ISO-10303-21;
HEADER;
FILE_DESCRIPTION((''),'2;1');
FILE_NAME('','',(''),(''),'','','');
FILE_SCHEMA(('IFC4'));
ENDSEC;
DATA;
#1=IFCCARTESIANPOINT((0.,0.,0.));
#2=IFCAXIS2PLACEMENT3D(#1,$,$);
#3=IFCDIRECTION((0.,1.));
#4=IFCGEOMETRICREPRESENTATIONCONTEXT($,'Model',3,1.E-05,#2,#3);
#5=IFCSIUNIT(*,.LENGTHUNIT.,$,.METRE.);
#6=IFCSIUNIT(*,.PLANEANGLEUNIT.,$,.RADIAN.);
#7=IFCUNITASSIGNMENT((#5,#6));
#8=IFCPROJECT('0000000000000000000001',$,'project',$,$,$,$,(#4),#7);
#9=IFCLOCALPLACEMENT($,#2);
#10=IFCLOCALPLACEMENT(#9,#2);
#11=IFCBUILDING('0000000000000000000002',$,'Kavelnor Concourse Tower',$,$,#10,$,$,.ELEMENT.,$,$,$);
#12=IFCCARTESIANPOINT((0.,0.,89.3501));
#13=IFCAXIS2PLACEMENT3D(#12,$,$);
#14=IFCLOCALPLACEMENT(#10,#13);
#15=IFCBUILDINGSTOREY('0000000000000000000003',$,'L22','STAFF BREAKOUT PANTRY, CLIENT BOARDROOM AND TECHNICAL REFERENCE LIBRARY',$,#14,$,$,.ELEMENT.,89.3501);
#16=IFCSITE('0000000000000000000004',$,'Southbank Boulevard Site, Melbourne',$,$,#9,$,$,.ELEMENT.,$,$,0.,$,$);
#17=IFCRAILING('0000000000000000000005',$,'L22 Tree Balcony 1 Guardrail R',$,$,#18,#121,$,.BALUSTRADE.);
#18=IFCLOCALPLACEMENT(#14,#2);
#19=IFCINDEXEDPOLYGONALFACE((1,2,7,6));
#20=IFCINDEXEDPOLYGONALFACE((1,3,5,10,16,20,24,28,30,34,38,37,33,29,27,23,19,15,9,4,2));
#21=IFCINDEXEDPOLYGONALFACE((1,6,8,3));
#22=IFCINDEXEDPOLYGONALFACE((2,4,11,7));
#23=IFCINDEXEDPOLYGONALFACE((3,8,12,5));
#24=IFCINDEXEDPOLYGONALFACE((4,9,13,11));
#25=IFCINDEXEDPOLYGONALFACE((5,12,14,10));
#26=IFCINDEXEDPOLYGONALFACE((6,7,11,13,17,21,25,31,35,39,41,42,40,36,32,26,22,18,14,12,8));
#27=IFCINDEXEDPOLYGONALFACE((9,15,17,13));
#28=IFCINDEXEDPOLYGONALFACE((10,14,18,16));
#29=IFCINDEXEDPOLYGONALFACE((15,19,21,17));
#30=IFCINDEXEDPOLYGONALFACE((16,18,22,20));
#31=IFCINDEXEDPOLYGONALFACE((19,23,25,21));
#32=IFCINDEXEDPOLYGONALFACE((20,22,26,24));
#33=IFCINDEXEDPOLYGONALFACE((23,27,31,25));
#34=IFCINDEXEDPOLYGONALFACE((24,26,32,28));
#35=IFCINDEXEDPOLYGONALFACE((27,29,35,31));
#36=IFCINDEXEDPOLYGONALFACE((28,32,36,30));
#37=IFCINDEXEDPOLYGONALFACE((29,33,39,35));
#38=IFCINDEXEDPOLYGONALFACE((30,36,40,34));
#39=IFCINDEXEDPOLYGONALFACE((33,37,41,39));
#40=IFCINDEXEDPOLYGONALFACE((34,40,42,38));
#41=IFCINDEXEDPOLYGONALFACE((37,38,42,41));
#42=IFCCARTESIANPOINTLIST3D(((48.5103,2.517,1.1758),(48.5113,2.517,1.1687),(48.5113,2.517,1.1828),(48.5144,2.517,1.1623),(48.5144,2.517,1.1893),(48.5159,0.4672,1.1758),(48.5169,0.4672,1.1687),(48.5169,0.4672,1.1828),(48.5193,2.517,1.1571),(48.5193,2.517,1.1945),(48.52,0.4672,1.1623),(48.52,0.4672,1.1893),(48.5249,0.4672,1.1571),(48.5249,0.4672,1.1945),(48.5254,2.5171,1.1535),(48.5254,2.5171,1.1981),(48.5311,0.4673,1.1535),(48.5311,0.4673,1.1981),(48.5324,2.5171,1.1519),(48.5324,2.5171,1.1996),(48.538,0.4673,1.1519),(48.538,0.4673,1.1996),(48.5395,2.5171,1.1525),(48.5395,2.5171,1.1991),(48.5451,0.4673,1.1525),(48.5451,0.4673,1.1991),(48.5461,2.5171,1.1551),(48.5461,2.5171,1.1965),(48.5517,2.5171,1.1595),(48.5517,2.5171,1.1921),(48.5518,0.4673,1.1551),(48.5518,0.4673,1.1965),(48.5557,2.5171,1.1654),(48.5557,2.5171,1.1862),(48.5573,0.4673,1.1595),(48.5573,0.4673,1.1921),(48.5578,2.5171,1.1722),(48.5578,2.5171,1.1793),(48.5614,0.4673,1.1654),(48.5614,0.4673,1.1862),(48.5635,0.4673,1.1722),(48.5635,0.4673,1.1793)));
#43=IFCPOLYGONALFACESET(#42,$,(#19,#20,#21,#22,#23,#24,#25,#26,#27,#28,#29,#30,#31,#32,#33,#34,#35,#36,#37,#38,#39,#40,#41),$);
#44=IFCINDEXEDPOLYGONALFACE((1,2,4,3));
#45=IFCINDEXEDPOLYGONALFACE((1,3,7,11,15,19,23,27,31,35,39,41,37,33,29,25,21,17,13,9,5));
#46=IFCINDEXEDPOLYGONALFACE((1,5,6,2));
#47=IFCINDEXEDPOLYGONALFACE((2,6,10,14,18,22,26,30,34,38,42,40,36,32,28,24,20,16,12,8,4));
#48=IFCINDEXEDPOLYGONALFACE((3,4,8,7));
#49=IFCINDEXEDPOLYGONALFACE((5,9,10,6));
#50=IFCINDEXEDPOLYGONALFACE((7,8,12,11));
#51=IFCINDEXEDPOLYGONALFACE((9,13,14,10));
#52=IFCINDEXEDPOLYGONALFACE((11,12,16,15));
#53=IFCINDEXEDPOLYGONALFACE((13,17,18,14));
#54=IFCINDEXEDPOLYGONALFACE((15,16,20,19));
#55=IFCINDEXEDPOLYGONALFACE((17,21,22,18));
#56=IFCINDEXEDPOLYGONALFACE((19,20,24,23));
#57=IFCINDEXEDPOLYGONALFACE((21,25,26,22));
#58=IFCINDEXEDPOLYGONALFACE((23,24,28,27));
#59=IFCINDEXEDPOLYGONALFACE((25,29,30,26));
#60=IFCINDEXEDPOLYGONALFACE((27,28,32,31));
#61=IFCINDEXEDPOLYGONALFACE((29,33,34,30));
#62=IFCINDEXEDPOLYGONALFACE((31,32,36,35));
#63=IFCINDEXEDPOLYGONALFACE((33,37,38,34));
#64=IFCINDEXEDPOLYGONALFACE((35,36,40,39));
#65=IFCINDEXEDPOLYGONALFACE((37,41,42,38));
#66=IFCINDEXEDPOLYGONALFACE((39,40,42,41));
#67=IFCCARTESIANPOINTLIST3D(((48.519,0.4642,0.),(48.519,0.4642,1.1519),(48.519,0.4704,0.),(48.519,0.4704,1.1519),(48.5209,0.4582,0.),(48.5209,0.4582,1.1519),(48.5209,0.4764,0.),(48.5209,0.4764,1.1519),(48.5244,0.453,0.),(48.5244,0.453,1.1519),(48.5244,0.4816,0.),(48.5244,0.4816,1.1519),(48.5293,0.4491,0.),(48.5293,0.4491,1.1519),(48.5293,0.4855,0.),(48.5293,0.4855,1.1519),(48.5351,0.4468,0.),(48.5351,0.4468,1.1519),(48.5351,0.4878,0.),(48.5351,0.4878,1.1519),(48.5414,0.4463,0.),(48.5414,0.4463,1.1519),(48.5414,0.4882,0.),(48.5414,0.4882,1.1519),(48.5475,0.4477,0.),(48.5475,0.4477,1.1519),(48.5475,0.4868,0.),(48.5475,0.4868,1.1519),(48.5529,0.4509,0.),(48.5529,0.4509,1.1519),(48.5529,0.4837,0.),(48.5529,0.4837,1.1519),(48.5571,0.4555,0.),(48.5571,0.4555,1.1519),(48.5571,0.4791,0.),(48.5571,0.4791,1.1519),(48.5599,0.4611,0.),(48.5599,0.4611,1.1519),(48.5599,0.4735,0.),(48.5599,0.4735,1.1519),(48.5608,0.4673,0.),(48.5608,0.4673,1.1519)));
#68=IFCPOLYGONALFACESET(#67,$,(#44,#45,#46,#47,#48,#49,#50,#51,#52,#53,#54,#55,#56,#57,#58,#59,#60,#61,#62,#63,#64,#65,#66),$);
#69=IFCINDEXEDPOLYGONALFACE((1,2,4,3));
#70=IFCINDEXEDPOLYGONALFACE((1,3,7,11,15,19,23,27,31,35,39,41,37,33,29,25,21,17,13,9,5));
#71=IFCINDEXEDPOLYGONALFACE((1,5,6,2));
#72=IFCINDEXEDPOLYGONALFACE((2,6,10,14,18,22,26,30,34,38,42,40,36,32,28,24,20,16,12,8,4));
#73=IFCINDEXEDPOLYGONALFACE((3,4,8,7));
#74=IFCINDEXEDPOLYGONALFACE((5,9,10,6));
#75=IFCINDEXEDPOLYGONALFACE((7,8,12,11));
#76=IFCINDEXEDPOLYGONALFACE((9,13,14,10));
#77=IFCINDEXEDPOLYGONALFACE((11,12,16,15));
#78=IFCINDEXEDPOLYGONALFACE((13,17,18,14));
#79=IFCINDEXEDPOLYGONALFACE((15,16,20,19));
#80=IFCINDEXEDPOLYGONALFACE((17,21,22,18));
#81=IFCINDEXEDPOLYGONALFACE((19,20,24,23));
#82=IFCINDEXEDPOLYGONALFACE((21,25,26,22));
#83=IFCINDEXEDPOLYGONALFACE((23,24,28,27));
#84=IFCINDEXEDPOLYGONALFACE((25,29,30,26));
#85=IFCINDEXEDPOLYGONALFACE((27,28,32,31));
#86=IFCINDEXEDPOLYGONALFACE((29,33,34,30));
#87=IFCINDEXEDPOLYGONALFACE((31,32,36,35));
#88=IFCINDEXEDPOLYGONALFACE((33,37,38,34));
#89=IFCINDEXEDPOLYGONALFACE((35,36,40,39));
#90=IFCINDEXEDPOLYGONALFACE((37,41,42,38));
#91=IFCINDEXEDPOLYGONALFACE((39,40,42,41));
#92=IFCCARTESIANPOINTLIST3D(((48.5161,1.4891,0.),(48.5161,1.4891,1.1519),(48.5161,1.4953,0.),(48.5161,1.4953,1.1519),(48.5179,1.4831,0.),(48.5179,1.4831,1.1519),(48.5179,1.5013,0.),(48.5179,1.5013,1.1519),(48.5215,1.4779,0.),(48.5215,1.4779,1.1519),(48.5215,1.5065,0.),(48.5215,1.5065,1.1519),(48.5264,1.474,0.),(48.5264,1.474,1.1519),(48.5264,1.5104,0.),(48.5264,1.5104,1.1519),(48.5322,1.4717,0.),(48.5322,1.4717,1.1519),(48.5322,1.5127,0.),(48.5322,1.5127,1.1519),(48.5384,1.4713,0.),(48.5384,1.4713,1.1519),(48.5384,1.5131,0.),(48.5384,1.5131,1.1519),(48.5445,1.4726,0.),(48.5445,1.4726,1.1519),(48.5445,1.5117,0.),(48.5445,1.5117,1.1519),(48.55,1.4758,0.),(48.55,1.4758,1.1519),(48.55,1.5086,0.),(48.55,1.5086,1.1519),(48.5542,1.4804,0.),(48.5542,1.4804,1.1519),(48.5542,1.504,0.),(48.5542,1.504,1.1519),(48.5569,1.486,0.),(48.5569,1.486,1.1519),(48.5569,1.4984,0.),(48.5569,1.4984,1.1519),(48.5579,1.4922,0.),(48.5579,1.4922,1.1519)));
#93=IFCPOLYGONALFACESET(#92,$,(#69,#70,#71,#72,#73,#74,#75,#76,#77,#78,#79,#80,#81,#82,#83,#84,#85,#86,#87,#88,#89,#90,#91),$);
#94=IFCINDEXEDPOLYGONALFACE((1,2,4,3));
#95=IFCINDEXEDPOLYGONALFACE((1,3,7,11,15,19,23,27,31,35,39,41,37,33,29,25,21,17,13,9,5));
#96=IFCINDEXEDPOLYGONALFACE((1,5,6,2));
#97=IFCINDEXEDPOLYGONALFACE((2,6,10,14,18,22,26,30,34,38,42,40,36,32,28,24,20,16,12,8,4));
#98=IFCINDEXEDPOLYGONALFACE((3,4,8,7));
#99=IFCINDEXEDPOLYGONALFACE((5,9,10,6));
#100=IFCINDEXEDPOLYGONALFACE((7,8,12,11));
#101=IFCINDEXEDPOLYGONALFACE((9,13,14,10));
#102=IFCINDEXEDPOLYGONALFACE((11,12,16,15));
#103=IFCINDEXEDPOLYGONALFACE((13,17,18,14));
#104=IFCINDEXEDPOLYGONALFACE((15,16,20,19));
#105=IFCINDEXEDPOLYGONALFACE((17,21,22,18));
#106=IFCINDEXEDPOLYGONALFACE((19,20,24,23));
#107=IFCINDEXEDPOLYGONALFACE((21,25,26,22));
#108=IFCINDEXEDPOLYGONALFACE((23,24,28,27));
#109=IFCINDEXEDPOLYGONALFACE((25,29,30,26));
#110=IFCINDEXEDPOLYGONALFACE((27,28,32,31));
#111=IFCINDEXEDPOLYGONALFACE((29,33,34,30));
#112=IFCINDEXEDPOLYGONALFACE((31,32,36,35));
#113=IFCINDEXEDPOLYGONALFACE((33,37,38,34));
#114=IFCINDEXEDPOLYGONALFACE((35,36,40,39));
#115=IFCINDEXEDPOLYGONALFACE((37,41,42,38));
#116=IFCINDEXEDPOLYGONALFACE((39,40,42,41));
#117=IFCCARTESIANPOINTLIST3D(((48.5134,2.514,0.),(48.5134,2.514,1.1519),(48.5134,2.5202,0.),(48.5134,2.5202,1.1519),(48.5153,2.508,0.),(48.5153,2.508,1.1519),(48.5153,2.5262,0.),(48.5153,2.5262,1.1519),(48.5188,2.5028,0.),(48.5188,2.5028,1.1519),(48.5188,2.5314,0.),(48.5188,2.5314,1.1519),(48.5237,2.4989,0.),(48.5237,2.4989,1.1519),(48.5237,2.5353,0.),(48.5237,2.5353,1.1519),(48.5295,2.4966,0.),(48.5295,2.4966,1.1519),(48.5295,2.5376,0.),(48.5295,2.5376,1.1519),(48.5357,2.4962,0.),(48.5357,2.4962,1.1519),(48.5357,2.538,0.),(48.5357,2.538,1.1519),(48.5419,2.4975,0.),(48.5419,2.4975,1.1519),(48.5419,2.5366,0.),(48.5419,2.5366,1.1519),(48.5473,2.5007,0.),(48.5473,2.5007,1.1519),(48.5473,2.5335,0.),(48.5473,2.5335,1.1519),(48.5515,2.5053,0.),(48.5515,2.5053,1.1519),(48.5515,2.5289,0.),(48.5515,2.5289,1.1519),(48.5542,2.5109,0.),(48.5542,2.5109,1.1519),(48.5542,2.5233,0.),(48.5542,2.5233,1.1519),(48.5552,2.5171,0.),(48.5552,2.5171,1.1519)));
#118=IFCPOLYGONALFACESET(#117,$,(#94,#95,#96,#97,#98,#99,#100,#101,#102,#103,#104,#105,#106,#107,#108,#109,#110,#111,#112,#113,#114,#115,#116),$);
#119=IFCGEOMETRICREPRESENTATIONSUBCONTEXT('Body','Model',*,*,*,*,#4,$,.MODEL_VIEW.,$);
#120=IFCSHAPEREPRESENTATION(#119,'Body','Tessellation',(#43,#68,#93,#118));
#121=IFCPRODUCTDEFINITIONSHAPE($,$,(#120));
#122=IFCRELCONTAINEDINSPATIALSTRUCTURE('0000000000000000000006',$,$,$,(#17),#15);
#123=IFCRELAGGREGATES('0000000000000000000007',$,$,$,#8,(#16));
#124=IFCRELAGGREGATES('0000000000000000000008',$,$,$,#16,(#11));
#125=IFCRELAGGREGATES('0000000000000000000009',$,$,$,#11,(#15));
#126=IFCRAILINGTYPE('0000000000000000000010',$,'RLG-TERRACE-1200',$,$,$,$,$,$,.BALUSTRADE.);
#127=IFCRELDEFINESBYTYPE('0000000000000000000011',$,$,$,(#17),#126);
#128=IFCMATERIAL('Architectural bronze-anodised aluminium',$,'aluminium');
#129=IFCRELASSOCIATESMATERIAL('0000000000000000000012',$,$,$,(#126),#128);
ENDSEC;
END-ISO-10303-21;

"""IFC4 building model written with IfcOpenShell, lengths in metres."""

from ifc_helpers import new_model, si_unit, direction, frame, origin, origin_2d, place, context, subcontext, project, spatial, circle, extrude, material, type_object, element, save


model = new_model("IFC4")

# Units and contexts
model_context = context("Model", 3, precision=1e-05, world=origin(), true_north=direction((0.0, 1.0)))
body_context = subcontext(model_context, "Body", "Model", "MODEL_VIEW")
ifc_project = project(units=[si_unit("LENGTHUNIT", "METRE"), si_unit("PLANEANGLEUNIT", "RADIAN")], contexts=[model_context])

# Site, building, storey
site_placement = place(None, origin())
site = spatial("IfcSite", under=ifc_project, at=site_placement, Name="Southbank Boulevard Site, Melbourne", CompositionType="ELEMENT", RefElevation=0.0)
building_placement = place(site_placement, origin())
building = spatial("IfcBuilding", under=site, at=building_placement, Name="Kavelnor Concourse Tower", CompositionType="ELEMENT")
storey_placement = place(building_placement, frame((0.0, 0.0, 89.3501)))
storey = spatial("IfcBuildingStorey", under=building, at=storey_placement, Name="L22", Description="STAFF BREAKOUT PANTRY, CLIENT BOARDROOM AND TECHNICAL REFERENCE LIBRARY", CompositionType="ELEMENT", Elevation=89.3501)

# Railing
ifc_material_1 = material(Name="Architectural bronze-anodised aluminium", Category="aluminium")
railing_type_1 = type_object("IfcRailingType", Name="RLG-TERRACE-1200", PredefinedType="BALUSTRADE", material=ifc_material_1)
railing_1_placement = place(storey_placement, frame((48.5398, 0.4673, 0.0)))
element("IfcRailing", 1, at=railing_1_placement, inside=storey, type_object=railing_type_1, Name="L22 Tree Balcony 1 Guardrail R", PredefinedType="BALUSTRADE", context=body_context, shape_type="SweptSolid", body=[
    extrude(circle(Radius=0.0239, at=origin_2d()), frame((0.0, 0.0, 1.1758), z_axis=(-0.002739, 0.999996, 0.0), x_axis=(-0.999996, -0.002739, 0.0)), (0.0, 0.0, 1.0), 2.0498),
    extrude(circle(Radius=0.021, at=origin_2d()), origin(), (0.0, 0.0, 1.0), 1.1519),
    extrude(circle(Radius=0.021, at=origin_2d()), frame((-0.0029, 1.0249, 0.0)), (0.0, 0.0, 1.0), 1.1519),
    extrude(circle(Radius=0.021, at=origin_2d()), frame((-0.0056, 2.0498, 0.0)), (0.0, 0.0, 1.0), 1.1519),
])

save(model, "model.ifc")
